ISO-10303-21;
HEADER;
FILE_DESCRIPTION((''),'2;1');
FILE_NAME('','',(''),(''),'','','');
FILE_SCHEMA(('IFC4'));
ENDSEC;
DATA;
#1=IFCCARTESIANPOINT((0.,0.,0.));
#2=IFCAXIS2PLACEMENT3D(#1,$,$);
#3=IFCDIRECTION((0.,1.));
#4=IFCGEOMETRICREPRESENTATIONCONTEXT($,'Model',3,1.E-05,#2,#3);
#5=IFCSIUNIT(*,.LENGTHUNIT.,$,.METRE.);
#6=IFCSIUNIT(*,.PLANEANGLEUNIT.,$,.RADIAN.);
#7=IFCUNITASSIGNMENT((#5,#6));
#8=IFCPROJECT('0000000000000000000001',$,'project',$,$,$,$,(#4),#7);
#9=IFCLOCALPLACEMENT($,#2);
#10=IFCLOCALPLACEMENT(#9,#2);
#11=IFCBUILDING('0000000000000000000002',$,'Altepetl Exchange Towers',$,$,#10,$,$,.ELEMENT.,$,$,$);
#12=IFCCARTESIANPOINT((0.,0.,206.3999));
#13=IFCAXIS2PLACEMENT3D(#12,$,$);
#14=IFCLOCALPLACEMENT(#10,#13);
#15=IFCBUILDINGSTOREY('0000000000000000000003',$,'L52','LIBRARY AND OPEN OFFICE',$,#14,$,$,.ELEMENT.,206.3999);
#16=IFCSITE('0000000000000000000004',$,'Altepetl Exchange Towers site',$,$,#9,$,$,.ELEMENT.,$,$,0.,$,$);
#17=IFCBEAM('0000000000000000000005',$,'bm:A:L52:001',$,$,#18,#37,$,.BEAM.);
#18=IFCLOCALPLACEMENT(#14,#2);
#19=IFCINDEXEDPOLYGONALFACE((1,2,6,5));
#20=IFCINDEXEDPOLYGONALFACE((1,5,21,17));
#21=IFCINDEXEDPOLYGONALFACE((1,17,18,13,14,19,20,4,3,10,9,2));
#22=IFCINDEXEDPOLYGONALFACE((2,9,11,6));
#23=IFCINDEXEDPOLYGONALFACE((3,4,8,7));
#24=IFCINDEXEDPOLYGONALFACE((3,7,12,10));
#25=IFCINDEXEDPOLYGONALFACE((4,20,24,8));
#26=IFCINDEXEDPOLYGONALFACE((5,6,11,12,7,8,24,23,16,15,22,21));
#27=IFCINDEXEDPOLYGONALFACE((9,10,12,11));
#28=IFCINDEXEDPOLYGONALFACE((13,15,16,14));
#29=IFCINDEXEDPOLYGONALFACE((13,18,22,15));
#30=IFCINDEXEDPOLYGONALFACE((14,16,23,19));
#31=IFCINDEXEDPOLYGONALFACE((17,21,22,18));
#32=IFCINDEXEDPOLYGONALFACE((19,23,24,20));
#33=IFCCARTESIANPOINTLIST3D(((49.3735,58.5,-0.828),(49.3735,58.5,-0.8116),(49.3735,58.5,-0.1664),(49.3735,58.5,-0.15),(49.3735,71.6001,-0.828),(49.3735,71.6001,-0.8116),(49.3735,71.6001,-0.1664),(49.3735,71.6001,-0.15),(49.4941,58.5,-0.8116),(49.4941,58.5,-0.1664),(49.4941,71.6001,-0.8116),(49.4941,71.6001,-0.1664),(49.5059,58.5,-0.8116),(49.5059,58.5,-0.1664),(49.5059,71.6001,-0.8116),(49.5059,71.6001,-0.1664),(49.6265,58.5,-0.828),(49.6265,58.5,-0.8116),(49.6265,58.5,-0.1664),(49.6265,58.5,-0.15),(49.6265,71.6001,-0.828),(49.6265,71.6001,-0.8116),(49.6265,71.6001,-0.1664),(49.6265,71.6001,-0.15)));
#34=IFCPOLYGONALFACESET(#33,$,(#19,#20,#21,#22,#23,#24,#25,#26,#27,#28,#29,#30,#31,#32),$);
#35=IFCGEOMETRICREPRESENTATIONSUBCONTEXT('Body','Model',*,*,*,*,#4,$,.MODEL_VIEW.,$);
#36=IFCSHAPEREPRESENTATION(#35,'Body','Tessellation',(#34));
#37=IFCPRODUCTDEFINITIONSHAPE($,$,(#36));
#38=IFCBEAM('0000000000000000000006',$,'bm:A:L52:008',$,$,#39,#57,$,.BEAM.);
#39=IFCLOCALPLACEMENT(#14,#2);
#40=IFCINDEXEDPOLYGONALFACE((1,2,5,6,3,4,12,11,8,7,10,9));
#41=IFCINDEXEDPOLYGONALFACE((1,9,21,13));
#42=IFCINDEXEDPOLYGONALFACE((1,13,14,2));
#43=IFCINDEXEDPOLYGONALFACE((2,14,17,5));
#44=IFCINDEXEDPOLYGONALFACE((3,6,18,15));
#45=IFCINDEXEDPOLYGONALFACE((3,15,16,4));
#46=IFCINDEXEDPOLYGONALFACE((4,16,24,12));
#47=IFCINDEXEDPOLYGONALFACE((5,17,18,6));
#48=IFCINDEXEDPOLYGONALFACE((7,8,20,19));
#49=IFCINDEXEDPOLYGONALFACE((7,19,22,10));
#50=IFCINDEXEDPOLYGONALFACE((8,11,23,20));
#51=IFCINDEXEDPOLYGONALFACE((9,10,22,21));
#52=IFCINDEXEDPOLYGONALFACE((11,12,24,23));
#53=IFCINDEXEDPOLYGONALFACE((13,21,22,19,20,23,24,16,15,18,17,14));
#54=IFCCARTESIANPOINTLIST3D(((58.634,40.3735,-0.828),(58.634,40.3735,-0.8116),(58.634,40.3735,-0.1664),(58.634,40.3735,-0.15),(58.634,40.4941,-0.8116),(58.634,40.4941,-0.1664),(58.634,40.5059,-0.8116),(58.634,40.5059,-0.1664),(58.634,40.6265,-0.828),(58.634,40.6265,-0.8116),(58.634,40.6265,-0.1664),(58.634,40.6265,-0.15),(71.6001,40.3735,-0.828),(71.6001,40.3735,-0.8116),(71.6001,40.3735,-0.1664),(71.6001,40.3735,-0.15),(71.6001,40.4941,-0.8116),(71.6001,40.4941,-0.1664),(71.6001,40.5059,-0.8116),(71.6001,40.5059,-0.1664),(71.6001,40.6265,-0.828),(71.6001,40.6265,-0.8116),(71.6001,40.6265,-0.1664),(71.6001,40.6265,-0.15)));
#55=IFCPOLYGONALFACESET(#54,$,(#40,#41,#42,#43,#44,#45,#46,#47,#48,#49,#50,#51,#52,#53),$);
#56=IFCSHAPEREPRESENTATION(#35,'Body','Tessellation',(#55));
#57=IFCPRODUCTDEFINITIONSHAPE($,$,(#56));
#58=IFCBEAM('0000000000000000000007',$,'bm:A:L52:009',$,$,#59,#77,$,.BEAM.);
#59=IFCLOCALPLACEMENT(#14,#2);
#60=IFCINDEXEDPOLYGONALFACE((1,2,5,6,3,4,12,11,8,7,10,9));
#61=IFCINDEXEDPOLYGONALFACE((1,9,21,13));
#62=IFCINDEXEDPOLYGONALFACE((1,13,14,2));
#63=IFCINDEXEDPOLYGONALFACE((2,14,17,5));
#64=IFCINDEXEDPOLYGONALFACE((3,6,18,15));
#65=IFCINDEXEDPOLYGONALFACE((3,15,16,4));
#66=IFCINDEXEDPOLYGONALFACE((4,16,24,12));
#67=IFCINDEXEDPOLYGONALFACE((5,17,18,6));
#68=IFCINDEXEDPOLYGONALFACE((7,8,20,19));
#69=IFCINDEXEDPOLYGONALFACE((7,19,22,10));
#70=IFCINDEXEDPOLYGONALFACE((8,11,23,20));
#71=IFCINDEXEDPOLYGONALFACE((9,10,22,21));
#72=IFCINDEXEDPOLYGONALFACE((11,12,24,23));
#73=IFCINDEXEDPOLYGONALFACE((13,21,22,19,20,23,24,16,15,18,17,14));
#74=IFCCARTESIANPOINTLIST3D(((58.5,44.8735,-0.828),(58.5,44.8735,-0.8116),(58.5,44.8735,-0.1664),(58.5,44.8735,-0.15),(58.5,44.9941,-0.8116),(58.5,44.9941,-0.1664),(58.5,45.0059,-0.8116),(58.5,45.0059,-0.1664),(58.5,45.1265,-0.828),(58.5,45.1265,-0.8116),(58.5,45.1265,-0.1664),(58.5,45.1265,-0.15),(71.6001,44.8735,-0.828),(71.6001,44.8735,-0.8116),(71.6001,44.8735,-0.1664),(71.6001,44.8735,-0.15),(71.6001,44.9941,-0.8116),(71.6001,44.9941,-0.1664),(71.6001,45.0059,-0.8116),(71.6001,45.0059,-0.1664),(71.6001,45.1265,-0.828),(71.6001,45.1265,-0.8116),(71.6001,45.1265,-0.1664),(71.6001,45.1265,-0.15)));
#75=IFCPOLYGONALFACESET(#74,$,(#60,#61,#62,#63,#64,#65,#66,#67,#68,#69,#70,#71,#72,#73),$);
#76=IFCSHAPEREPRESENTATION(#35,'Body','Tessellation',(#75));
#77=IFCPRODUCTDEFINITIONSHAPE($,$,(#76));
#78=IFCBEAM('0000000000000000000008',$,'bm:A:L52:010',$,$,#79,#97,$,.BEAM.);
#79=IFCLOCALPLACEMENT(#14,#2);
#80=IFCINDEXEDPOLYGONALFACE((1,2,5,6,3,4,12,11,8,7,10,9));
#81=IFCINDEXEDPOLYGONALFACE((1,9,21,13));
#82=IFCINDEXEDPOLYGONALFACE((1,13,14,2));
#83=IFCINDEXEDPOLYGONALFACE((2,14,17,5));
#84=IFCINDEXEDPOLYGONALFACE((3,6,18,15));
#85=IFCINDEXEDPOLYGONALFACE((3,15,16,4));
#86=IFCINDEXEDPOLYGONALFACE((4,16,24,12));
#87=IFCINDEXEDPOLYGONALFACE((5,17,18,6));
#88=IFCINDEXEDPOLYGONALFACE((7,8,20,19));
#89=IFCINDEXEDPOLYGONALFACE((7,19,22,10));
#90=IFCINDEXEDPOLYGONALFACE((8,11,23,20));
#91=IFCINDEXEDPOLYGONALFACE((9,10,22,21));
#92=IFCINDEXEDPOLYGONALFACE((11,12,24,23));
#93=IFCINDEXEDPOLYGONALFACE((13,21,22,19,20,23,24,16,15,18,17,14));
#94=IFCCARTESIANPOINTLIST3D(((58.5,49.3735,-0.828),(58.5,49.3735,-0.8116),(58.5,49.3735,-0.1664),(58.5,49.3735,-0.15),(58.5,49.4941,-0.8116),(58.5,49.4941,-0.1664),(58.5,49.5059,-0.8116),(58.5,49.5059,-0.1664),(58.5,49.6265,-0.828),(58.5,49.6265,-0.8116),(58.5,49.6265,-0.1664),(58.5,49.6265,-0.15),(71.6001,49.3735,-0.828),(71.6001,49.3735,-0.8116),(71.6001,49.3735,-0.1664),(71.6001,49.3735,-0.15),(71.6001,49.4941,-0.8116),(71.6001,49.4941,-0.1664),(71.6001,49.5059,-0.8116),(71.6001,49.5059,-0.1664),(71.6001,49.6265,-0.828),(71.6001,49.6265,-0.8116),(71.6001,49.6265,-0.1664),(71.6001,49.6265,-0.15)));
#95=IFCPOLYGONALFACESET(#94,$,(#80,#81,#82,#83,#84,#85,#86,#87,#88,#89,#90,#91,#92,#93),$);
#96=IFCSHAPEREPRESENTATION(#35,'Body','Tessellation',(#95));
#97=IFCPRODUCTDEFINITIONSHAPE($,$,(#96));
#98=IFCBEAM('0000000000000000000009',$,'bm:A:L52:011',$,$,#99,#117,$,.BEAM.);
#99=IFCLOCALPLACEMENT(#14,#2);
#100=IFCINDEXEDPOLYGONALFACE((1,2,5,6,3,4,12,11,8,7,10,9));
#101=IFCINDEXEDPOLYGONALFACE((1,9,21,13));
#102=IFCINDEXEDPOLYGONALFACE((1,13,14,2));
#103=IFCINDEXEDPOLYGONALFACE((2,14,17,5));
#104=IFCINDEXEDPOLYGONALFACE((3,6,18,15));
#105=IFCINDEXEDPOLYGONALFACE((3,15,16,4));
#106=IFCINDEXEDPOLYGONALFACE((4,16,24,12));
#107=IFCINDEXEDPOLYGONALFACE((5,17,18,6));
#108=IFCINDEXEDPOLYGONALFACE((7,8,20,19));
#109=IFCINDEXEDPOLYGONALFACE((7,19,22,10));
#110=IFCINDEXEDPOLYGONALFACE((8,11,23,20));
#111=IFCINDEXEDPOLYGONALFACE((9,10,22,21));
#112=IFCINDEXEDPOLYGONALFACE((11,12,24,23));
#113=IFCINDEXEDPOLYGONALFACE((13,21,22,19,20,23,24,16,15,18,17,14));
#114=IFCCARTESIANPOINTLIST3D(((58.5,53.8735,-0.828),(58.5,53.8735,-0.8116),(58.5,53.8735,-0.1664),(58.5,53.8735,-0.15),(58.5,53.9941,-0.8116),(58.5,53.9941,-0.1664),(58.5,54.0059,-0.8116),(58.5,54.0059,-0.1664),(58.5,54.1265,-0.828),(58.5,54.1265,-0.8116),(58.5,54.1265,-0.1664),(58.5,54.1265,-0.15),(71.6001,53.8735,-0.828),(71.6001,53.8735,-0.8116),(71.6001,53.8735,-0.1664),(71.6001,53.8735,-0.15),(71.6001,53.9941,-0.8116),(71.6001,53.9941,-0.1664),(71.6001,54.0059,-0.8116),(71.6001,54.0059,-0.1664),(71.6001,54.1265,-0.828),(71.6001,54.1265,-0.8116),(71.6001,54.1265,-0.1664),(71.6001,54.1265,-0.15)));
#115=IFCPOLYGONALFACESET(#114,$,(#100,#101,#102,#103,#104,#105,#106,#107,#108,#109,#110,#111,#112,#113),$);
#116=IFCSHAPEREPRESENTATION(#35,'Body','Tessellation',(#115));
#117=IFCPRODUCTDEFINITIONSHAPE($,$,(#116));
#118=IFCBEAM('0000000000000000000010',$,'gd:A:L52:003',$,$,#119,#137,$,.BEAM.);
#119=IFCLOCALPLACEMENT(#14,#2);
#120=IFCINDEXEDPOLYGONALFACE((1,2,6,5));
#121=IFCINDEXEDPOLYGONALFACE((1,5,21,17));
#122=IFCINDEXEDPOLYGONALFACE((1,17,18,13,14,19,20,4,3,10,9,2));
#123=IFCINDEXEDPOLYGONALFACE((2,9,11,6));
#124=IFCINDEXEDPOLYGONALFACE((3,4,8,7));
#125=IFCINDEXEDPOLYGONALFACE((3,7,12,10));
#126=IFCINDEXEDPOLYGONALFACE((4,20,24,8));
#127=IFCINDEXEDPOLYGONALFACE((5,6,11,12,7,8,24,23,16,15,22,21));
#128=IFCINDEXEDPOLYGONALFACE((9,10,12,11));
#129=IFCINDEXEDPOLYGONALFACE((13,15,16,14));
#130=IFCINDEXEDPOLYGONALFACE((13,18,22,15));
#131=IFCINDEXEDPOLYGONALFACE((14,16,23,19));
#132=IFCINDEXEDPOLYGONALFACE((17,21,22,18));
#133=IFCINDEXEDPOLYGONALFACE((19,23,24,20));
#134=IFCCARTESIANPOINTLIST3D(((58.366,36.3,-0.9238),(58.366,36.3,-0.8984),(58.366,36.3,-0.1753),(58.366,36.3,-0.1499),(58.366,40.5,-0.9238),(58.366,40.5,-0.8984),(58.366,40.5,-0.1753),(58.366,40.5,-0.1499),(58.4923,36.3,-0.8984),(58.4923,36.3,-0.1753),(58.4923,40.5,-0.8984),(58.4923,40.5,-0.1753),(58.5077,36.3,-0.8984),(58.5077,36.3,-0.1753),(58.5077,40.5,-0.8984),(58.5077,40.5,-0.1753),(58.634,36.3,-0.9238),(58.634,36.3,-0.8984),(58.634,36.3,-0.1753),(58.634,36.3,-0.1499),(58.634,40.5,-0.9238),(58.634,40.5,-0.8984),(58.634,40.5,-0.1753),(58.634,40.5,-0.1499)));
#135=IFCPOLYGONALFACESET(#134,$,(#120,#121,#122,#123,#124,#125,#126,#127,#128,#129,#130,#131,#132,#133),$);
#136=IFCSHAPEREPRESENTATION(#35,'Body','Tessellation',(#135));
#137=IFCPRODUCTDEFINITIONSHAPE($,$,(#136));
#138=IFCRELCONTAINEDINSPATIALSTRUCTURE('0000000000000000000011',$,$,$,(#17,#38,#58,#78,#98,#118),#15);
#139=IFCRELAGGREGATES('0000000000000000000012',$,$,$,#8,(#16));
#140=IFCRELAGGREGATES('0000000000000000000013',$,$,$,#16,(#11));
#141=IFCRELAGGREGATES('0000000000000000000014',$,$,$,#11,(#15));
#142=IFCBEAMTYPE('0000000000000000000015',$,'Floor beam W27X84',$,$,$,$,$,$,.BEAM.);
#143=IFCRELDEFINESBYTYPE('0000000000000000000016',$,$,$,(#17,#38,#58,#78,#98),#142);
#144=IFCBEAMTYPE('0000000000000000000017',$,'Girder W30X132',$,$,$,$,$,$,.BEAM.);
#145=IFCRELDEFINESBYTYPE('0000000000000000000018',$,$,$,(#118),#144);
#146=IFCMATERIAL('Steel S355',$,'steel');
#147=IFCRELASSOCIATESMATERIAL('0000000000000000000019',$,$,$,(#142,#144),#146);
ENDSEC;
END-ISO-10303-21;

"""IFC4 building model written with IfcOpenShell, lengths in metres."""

from ifc_helpers import new_model, si_unit, direction, frame, origin, origin_2d, place, context, subcontext, project, spatial, i_section, extrude, material, material_profile, profile_set, type_object, element, save


model = new_model("IFC4")

# Units and contexts
model_context = context("Model", 3, precision=1e-05, world=origin(), true_north=direction((0.0, 1.0)))
body_context = subcontext(model_context, "Body", "Model", "MODEL_VIEW")
ifc_project = project(units=[si_unit("LENGTHUNIT", "METRE"), si_unit("PLANEANGLEUNIT", "RADIAN")], contexts=[model_context])

# Site, building, storey
site_placement = place(None, origin())
site = spatial("IfcSite", under=ifc_project, at=site_placement, Name="Altepetl Exchange Towers site", CompositionType="ELEMENT", RefElevation=0.0)
building_placement = place(site_placement, origin())
building = spatial("IfcBuilding", under=site, at=building_placement, Name="Altepetl Exchange Towers", CompositionType="ELEMENT")
storey_placement = place(building_placement, frame((0.0, 0.0, 206.3999)))
storey = spatial("IfcBuildingStorey", under=building, at=storey_placement, Name="L52", Description="LIBRARY AND OPEN OFFICE", CompositionType="ELEMENT", Elevation=206.3999)

# Beams
ifc_material_1 = material(Name="Steel S355", Category="steel")
ifc_material_profile_1 = material_profile(ifc_material_1, i_section(OverallWidth=0.2529, OverallDepth=0.678, WebThickness=0.0117, FlangeThickness=0.0164, at=origin_2d()), Name="W27X84")
ifc_profile_set_1 = profile_set([ifc_material_profile_1], Name="Steel S355")
beam_type_1 = type_object("IfcBeamType", Name="Floor beam W27X84", PredefinedType="BEAM", material=ifc_profile_set_1)
beam_1_placement = place(storey_placement, frame((49.5, 58.5, -0.489), z_axis=(0.0, 1.0, 0.0), x_axis=(-1.0, 0.0, 0.0)))
element("IfcBeam", 1, at=beam_1_placement, inside=storey, type_object=beam_type_1, Name="bm:A:L52:001", PredefinedType="BEAM", context=body_context, shape_type="SweptSolid", body=[
    extrude(i_section(OverallWidth=0.2529, OverallDepth=0.678, WebThickness=0.0117, FlangeThickness=0.0164, at=origin_2d()), origin(), (0.0, 0.0, 1.0), 13.1001),
])
beam_2_placement = place(storey_placement, frame((58.634, 40.5, -0.489), z_axis=(1.0, 0.0, 0.0), x_axis=(0.0, 1.0, 0.0)))
element("IfcBeam", 2, at=beam_2_placement, inside=storey, type_object=beam_type_1, Name="bm:A:L52:008", PredefinedType="BEAM", context=body_context, shape_type="SweptSolid", body=[
    extrude(i_section(OverallWidth=0.2529, OverallDepth=0.678, WebThickness=0.0117, FlangeThickness=0.0164, at=origin_2d()), origin(), (0.0, 0.0, 1.0), 12.9661),
])
for number, where, z_axis, x_axis, name in (
    (3, (58.5, 45.0, -0.489), (1.0, 0.0, 0.0), (0.0, 1.0, 0.0), "bm:A:L52:009"),
    (4, (58.5, 49.5, -0.489), (1.0, 0.0, 0.0), (0.0, 1.0, 0.0), "bm:A:L52:010"),
    (5, (58.5, 54.0, -0.489), (1.0, 0.0, 0.0), (0.0, 1.0, 0.0), "bm:A:L52:011"),
):
    element("IfcBeam", number, at=place(storey_placement, frame(where, z_axis=z_axis, x_axis=x_axis)), inside=storey, type_object=beam_type_1, Name=name, PredefinedType="BEAM", context=body_context, shape_type="SweptSolid", body=[
        extrude(i_section(OverallWidth=0.2529, OverallDepth=0.678, WebThickness=0.0117, FlangeThickness=0.0164, at=origin_2d()), origin(), (0.0, 0.0, 1.0), 13.1001),
    ])
ifc_material_profile_2 = material_profile(ifc_material_1, i_section(OverallWidth=0.2681, OverallDepth=0.7739, WebThickness=0.0154, FlangeThickness=0.0254, at=origin_2d()), Name="W30X132")
ifc_profile_set_2 = profile_set([ifc_material_profile_2], Name="Steel S355")
beam_type_2 = type_object("IfcBeamType", Name="Girder W30X132", PredefinedType="BEAM", material=ifc_profile_set_2)
beam_3_placement = place(storey_placement, frame((58.5, 40.5, -0.5369), z_axis=(0.0, -1.0, 0.0), x_axis=(1.0, 0.0, 0.0)))
element("IfcBeam", 6, at=beam_3_placement, inside=storey, type_object=beam_type_2, Name="gd:A:L52:003", PredefinedType="BEAM", context=body_context, shape_type="SweptSolid", body=[
    extrude(i_section(OverallWidth=0.2681, OverallDepth=0.7739, WebThickness=0.0154, FlangeThickness=0.0254, at=origin_2d()), origin(), (0.0, 0.0, 1.0), 4.2),
])

save(model, "model.ifc")
